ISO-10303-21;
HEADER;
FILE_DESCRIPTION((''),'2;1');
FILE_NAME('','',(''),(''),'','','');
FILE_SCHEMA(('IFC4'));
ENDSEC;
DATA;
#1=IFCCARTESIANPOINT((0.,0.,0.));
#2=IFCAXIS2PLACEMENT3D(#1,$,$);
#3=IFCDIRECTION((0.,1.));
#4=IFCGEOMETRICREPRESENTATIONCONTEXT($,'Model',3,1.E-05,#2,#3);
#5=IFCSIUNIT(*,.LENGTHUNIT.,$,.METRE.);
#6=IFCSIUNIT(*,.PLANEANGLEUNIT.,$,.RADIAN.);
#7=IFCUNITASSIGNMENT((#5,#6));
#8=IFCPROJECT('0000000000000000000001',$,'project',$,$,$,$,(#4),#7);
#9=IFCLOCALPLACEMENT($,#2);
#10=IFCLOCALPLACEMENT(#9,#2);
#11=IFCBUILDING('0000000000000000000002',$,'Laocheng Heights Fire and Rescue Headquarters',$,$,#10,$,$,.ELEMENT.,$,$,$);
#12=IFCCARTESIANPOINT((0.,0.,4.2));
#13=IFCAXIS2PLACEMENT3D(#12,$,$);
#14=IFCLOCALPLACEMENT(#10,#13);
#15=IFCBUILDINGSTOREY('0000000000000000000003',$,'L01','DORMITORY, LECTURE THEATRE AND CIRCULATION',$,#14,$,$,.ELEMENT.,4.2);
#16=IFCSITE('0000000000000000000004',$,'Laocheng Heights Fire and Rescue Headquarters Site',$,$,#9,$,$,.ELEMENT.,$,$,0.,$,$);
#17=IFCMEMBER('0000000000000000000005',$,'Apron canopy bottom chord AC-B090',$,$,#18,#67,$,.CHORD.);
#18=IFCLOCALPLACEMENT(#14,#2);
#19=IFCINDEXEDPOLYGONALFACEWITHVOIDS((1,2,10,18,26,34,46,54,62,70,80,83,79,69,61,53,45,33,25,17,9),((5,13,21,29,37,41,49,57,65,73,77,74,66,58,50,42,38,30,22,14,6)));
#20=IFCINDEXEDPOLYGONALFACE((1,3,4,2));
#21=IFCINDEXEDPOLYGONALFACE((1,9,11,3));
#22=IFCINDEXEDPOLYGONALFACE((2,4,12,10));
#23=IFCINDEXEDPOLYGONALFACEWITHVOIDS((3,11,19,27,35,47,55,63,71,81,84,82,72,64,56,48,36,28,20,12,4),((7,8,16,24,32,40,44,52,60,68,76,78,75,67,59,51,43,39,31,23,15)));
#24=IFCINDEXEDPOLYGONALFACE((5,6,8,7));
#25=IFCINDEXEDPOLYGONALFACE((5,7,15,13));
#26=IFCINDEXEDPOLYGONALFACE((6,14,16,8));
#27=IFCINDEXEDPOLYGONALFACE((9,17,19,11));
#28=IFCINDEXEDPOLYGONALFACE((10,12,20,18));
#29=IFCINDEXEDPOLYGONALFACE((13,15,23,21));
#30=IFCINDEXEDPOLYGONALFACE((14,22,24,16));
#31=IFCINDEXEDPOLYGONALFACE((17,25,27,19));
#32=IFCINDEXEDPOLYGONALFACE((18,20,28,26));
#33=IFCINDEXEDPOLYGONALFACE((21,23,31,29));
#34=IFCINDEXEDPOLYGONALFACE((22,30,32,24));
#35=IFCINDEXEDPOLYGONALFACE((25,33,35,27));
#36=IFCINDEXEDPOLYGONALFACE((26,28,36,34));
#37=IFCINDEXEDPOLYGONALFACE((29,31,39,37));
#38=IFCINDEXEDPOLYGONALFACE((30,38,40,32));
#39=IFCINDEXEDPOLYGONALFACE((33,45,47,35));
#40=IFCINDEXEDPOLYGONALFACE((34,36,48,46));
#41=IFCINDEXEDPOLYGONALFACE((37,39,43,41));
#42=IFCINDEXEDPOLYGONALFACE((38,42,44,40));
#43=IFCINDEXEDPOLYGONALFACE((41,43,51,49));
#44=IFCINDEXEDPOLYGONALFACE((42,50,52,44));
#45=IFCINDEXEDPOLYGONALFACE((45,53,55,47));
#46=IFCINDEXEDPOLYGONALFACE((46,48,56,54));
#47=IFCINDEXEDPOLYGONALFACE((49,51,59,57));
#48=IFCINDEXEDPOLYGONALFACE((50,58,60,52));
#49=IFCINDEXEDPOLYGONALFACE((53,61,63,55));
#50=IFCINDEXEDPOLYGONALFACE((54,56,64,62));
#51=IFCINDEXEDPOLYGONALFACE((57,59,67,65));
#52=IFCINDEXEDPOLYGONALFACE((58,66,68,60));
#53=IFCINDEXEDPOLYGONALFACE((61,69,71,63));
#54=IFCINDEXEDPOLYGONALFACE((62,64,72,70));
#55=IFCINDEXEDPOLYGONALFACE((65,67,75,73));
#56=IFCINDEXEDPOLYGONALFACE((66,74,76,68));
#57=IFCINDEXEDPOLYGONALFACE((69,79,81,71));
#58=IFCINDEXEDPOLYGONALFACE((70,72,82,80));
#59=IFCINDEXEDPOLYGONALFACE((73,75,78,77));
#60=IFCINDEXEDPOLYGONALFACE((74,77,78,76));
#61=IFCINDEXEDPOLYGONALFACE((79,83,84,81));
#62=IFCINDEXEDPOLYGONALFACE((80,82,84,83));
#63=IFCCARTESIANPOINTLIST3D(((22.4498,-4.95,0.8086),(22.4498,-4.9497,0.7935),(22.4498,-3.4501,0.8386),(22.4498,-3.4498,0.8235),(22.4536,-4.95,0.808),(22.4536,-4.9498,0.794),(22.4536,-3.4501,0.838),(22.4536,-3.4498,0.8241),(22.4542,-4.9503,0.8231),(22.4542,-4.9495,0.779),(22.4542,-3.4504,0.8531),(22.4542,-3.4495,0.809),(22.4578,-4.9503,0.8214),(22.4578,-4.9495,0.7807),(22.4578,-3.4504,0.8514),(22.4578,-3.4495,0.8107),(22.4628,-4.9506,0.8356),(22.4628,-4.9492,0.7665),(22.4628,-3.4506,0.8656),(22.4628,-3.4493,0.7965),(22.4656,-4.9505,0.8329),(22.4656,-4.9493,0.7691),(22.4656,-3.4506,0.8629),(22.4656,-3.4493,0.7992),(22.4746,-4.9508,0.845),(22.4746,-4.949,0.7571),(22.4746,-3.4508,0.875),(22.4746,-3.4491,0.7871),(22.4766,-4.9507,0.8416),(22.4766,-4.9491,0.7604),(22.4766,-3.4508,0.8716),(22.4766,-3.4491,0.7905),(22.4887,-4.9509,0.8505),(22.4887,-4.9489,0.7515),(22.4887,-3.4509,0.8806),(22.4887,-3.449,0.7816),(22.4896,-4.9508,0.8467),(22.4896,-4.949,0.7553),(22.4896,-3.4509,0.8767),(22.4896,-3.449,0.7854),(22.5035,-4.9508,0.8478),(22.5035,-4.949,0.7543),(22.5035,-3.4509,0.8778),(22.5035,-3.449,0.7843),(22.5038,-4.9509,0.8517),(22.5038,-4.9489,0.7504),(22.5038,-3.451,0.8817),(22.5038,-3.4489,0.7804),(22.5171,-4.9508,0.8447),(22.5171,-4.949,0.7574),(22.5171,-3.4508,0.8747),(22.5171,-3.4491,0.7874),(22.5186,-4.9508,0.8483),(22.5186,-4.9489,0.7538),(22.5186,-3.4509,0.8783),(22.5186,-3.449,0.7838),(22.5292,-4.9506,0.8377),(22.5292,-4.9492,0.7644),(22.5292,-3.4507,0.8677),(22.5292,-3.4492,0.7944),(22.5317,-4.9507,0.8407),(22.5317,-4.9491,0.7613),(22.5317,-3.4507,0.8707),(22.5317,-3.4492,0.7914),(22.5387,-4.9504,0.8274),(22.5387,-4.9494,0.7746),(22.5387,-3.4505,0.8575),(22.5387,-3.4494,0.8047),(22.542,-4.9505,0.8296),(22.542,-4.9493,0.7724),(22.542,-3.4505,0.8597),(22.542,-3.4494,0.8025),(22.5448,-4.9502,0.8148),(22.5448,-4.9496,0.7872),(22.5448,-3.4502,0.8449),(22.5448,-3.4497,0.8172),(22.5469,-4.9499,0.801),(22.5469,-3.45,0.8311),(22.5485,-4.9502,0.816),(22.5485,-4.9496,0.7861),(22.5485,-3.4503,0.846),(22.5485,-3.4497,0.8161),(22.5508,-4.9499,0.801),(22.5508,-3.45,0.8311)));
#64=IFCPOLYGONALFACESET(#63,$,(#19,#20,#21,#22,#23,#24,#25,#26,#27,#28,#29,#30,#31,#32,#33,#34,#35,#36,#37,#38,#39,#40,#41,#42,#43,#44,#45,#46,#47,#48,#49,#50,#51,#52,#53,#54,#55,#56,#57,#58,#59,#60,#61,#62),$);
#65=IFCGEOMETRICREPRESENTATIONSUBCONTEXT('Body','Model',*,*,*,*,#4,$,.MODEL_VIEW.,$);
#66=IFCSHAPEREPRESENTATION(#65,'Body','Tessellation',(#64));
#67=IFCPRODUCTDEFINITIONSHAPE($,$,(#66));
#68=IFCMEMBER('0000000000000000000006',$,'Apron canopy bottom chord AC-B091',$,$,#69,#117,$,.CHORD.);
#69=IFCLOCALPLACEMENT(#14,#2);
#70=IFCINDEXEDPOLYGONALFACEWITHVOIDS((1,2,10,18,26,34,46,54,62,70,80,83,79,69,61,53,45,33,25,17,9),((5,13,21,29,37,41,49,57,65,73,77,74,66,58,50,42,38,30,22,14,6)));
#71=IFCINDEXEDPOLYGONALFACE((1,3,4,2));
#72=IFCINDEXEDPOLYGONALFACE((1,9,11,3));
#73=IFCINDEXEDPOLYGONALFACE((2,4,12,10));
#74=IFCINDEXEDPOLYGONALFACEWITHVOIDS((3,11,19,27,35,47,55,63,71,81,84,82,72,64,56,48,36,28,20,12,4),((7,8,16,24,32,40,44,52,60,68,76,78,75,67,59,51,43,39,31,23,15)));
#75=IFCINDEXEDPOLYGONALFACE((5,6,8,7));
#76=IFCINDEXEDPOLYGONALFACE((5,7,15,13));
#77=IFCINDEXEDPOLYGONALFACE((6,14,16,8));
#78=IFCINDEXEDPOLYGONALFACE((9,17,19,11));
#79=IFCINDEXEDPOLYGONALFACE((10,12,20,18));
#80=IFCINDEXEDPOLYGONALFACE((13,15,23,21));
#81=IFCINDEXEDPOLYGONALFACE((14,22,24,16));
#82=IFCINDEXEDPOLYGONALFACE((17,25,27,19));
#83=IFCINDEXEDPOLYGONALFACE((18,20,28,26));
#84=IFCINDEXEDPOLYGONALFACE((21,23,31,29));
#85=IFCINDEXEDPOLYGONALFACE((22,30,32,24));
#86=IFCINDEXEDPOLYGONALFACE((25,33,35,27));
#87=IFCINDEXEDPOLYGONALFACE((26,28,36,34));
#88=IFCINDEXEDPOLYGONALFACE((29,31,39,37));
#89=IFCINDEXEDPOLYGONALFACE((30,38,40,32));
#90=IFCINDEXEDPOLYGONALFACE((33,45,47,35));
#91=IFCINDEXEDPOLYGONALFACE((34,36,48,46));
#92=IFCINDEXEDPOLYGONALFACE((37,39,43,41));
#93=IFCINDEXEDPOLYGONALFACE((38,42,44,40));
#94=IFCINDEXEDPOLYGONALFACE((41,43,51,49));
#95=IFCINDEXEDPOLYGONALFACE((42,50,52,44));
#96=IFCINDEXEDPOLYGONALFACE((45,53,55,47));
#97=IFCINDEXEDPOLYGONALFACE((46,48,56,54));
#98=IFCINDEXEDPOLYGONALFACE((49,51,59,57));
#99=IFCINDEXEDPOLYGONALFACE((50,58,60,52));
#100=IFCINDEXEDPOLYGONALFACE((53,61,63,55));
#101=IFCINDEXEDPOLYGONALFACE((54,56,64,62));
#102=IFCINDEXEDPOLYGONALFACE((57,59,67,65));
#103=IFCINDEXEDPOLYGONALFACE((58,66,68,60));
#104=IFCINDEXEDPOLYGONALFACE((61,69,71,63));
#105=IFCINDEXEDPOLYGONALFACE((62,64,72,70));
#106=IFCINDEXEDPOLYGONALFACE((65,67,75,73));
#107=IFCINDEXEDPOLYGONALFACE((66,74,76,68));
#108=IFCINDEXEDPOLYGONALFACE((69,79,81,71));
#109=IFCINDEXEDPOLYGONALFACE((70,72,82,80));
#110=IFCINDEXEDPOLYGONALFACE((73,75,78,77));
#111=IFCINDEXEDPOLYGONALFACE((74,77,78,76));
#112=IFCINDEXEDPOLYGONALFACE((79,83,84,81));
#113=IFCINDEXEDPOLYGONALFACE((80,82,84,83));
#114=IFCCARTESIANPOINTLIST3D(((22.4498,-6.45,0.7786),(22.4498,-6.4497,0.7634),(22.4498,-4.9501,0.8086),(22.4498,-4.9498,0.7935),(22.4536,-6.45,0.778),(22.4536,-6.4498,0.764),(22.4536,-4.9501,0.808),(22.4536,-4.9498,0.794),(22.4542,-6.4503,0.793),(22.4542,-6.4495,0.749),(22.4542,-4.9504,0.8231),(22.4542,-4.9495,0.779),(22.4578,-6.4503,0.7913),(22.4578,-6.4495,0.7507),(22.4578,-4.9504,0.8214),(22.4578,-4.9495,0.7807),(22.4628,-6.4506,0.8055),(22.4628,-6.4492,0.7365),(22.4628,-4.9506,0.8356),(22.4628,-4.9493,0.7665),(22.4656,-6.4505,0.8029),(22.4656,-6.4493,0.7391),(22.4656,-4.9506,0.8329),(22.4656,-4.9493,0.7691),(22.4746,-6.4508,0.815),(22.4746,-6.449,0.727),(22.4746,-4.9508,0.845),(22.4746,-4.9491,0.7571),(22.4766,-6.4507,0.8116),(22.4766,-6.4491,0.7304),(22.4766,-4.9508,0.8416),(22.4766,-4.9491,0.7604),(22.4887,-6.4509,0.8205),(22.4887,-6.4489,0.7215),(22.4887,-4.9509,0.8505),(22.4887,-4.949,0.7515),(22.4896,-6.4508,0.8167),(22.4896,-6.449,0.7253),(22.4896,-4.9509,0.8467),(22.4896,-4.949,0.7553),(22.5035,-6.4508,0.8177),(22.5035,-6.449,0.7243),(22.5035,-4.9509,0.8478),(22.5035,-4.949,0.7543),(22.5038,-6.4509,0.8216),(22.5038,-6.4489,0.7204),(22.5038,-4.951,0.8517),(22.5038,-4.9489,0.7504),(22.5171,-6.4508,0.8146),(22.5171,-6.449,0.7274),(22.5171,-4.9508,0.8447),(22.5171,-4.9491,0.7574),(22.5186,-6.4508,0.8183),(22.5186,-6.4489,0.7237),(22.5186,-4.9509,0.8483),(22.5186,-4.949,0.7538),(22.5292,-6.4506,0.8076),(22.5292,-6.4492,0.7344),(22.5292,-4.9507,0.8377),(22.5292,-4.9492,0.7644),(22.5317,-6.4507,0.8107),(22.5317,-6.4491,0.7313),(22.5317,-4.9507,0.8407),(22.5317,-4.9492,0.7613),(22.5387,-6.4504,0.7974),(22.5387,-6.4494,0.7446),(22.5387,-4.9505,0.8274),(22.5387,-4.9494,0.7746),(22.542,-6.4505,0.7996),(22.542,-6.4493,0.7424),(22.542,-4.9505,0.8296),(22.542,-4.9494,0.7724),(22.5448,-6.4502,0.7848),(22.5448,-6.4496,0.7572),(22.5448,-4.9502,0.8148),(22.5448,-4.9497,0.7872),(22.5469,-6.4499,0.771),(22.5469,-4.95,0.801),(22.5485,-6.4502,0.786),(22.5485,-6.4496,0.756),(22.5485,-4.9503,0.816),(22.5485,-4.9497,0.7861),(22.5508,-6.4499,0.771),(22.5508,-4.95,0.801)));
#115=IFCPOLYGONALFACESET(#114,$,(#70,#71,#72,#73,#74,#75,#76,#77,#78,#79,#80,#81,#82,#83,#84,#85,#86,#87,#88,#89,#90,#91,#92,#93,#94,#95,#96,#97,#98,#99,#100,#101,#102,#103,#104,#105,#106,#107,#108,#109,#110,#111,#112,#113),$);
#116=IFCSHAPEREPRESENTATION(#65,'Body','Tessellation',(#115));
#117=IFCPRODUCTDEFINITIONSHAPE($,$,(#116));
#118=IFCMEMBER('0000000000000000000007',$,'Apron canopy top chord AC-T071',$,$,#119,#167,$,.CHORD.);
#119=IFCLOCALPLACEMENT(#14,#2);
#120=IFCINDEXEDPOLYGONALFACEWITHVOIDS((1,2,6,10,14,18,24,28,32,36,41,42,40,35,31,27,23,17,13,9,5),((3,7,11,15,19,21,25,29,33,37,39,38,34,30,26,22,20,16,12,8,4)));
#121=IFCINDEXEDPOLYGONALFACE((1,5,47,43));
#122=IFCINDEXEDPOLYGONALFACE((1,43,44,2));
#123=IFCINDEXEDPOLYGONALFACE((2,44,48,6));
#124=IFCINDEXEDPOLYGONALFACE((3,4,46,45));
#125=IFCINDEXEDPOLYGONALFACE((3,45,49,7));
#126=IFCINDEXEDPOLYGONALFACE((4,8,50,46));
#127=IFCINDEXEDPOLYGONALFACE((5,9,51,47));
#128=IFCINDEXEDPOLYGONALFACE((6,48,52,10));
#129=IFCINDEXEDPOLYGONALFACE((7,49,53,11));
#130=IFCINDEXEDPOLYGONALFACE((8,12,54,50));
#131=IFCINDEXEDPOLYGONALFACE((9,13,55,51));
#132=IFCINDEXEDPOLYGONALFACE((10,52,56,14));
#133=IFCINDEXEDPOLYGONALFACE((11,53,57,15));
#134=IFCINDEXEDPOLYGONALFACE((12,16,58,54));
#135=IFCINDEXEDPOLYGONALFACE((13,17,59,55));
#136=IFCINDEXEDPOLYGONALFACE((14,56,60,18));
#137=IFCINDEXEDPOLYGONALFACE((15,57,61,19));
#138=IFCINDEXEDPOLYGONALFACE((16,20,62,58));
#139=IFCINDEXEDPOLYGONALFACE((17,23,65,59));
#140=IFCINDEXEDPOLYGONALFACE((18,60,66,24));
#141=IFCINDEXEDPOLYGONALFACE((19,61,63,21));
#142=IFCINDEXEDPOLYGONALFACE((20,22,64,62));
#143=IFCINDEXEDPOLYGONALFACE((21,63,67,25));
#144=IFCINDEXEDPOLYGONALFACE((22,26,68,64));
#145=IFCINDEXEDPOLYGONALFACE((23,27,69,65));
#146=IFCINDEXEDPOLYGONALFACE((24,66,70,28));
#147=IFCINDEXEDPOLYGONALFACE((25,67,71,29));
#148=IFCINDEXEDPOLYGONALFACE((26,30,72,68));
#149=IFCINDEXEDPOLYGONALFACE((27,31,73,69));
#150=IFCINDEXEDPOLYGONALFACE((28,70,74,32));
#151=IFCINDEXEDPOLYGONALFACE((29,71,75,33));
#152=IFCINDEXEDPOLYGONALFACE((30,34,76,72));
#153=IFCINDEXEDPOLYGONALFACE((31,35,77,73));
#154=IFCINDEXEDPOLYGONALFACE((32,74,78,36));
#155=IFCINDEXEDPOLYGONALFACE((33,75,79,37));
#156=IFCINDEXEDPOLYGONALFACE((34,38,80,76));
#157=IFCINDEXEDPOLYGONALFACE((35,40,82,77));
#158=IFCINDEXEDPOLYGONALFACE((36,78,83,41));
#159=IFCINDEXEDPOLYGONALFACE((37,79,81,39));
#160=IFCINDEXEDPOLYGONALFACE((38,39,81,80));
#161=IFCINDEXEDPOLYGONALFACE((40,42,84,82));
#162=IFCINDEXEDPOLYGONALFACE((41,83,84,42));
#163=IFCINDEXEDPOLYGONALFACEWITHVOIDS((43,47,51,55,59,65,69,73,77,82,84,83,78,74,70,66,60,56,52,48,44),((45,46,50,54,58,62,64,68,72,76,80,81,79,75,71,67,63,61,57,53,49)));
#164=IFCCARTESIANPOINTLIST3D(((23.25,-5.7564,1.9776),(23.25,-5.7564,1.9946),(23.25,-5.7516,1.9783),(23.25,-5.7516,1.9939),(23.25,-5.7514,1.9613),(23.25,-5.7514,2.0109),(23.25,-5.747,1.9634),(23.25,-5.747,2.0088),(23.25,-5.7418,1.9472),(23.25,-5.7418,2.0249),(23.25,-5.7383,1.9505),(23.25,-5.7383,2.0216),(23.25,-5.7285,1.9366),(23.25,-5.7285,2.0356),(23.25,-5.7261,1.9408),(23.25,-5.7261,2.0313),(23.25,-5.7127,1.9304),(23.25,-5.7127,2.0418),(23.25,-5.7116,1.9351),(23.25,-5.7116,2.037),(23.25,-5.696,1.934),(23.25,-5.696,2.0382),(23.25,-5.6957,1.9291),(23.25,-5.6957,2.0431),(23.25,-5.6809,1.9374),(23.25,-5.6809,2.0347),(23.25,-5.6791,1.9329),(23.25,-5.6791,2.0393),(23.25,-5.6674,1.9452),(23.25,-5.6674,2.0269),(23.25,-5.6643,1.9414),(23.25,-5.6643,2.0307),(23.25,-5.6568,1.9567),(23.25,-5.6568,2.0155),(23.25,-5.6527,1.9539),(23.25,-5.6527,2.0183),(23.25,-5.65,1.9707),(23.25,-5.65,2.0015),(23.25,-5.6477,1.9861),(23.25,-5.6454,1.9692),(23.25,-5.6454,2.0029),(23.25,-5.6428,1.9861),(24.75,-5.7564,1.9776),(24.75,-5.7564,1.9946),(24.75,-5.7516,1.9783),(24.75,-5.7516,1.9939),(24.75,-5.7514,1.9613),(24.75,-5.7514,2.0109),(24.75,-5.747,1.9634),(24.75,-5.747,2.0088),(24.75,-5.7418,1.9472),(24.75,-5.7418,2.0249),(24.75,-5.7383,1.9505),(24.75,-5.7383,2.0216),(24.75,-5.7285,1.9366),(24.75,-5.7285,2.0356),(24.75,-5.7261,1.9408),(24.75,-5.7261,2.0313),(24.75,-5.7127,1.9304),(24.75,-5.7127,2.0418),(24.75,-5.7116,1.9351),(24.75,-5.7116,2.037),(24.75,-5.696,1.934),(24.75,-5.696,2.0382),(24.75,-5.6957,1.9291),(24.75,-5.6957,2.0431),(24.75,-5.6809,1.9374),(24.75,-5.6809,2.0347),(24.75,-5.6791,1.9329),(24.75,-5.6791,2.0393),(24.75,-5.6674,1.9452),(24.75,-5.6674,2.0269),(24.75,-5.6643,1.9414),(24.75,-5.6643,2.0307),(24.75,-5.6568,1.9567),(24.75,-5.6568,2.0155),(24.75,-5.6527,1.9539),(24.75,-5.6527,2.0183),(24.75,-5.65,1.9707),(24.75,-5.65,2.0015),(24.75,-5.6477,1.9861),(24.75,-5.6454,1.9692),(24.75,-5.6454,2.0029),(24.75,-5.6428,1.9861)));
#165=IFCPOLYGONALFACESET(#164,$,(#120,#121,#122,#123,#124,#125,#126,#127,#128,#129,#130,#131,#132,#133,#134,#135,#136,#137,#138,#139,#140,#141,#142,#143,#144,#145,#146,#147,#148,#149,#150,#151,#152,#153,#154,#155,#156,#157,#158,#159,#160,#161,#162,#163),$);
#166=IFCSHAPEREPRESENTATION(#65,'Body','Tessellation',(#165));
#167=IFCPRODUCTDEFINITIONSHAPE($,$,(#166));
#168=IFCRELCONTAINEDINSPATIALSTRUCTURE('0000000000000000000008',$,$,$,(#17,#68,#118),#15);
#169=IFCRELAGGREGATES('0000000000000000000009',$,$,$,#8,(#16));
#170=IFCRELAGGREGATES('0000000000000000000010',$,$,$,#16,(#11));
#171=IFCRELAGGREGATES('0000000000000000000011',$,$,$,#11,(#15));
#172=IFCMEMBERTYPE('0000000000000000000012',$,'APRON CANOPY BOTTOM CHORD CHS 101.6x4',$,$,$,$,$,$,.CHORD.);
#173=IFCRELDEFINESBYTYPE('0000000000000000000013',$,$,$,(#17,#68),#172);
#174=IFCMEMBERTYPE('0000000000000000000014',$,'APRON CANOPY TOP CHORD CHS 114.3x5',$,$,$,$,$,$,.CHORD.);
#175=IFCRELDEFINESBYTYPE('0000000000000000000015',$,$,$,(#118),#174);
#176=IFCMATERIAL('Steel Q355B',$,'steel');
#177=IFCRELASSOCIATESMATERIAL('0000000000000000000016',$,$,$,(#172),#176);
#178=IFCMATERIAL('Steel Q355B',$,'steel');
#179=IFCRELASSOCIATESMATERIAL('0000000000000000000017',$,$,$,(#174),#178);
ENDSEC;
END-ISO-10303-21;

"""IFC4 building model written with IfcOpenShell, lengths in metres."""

from ifc_helpers import new_model, si_unit, direction, frame, origin, origin_2d, place, context, subcontext, project, spatial, hollow_circle, extrude, material, material_profile, profile_set, type_object, element, save


model = new_model("IFC4")

# Units and contexts
model_context = context("Model", 3, precision=1e-05, world=origin(), true_north=direction((0.0, 1.0)))
body_context = subcontext(model_context, "Body", "Model", "MODEL_VIEW")
ifc_project = project(units=[si_unit("LENGTHUNIT", "METRE"), si_unit("PLANEANGLEUNIT", "RADIAN")], contexts=[model_context])

# Site, building, storey
site_placement = place(None, origin())
site = spatial("IfcSite", under=ifc_project, at=site_placement, Name="Laocheng Heights Fire and Rescue Headquarters Site", CompositionType="ELEMENT", RefElevation=0.0)
building_placement = place(site_placement, origin())
building = spatial("IfcBuilding", under=site, at=building_placement, Name="Laocheng Heights Fire and Rescue Headquarters", CompositionType="ELEMENT")
storey_placement = place(building_placement, frame((0.0, 0.0, 4.2)))
storey = spatial("IfcBuildingStorey", under=building, at=storey_placement, Name="L01", Description="DORMITORY, LECTURE THEATRE AND CIRCULATION", CompositionType="ELEMENT", Elevation=4.2)

# Members
ifc_material_1 = material(Name="Steel Q355B", Category="steel")
ifc_material_profile_1 = material_profile(ifc_material_1, hollow_circle(Radius=0.0508, WallThickness=0.0039, at=origin_2d()), Name="CHS 101.6x4")
ifc_profile_set_1 = profile_set([ifc_material_profile_1], Name="Steel Q355B")
member_type_1 = type_object("IfcMemberType", Name="APRON CANOPY BOTTOM CHORD CHS 101.6x4", PredefinedType="CHORD", material=ifc_profile_set_1)
for number, where, z_axis, x_axis, name in (
    (1, (22.5, -3.45, 0.8311), (0.0, -0.9998, -0.020016), (1.0, 0.0, 0.0), "Apron canopy bottom chord AC-B090"),
    (2, (22.5, -4.95, 0.801), (0.0, -0.9998, -0.020016), (1.0, 0.0, 0.0), "Apron canopy bottom chord AC-B091"),
):
    element("IfcMember", number, at=place(storey_placement, frame(where, z_axis=z_axis, x_axis=x_axis)), inside=storey, type_object=member_type_1, Name=name, PredefinedType="CHORD", context=body_context, shape_type="SweptSolid", body=[
        extrude(hollow_circle(Radius=0.0508, WallThickness=0.0039, at=origin_2d()), origin(), (0.0, 0.0, 1.0), 1.5002),
    ])
ifc_material_2 = material(Name="Steel Q355B", Category="steel")
ifc_material_profile_2 = material_profile(ifc_material_2, hollow_circle(Radius=0.0571, WallThickness=0.0049, at=origin_2d()), Name="CHS 114.3x5")
ifc_profile_set_2 = profile_set([ifc_material_profile_2], Name="Steel Q355B")
member_type_2 = type_object("IfcMemberType", Name="APRON CANOPY TOP CHORD CHS 114.3x5", PredefinedType="CHORD", material=ifc_profile_set_2)
for number, where, z_axis, x_axis, name in (
    (3, (23.25, -5.7, 1.9861), (1.0, 0.0, 0.0), (0.0, 1.0, 0.0), "Apron canopy top chord AC-T071"),
):
    element("IfcMember", number, at=place(storey_placement, frame(where, z_axis=z_axis, x_axis=x_axis)), inside=storey, type_object=member_type_2, Name=name, PredefinedType="CHORD", context=body_context, shape_type="SweptSolid", body=[
        extrude(hollow_circle(Radius=0.0571, WallThickness=0.0049, at=origin_2d()), origin(), (0.0, 0.0, 1.0), 1.5),
    ])

save(model, "model.ifc")
